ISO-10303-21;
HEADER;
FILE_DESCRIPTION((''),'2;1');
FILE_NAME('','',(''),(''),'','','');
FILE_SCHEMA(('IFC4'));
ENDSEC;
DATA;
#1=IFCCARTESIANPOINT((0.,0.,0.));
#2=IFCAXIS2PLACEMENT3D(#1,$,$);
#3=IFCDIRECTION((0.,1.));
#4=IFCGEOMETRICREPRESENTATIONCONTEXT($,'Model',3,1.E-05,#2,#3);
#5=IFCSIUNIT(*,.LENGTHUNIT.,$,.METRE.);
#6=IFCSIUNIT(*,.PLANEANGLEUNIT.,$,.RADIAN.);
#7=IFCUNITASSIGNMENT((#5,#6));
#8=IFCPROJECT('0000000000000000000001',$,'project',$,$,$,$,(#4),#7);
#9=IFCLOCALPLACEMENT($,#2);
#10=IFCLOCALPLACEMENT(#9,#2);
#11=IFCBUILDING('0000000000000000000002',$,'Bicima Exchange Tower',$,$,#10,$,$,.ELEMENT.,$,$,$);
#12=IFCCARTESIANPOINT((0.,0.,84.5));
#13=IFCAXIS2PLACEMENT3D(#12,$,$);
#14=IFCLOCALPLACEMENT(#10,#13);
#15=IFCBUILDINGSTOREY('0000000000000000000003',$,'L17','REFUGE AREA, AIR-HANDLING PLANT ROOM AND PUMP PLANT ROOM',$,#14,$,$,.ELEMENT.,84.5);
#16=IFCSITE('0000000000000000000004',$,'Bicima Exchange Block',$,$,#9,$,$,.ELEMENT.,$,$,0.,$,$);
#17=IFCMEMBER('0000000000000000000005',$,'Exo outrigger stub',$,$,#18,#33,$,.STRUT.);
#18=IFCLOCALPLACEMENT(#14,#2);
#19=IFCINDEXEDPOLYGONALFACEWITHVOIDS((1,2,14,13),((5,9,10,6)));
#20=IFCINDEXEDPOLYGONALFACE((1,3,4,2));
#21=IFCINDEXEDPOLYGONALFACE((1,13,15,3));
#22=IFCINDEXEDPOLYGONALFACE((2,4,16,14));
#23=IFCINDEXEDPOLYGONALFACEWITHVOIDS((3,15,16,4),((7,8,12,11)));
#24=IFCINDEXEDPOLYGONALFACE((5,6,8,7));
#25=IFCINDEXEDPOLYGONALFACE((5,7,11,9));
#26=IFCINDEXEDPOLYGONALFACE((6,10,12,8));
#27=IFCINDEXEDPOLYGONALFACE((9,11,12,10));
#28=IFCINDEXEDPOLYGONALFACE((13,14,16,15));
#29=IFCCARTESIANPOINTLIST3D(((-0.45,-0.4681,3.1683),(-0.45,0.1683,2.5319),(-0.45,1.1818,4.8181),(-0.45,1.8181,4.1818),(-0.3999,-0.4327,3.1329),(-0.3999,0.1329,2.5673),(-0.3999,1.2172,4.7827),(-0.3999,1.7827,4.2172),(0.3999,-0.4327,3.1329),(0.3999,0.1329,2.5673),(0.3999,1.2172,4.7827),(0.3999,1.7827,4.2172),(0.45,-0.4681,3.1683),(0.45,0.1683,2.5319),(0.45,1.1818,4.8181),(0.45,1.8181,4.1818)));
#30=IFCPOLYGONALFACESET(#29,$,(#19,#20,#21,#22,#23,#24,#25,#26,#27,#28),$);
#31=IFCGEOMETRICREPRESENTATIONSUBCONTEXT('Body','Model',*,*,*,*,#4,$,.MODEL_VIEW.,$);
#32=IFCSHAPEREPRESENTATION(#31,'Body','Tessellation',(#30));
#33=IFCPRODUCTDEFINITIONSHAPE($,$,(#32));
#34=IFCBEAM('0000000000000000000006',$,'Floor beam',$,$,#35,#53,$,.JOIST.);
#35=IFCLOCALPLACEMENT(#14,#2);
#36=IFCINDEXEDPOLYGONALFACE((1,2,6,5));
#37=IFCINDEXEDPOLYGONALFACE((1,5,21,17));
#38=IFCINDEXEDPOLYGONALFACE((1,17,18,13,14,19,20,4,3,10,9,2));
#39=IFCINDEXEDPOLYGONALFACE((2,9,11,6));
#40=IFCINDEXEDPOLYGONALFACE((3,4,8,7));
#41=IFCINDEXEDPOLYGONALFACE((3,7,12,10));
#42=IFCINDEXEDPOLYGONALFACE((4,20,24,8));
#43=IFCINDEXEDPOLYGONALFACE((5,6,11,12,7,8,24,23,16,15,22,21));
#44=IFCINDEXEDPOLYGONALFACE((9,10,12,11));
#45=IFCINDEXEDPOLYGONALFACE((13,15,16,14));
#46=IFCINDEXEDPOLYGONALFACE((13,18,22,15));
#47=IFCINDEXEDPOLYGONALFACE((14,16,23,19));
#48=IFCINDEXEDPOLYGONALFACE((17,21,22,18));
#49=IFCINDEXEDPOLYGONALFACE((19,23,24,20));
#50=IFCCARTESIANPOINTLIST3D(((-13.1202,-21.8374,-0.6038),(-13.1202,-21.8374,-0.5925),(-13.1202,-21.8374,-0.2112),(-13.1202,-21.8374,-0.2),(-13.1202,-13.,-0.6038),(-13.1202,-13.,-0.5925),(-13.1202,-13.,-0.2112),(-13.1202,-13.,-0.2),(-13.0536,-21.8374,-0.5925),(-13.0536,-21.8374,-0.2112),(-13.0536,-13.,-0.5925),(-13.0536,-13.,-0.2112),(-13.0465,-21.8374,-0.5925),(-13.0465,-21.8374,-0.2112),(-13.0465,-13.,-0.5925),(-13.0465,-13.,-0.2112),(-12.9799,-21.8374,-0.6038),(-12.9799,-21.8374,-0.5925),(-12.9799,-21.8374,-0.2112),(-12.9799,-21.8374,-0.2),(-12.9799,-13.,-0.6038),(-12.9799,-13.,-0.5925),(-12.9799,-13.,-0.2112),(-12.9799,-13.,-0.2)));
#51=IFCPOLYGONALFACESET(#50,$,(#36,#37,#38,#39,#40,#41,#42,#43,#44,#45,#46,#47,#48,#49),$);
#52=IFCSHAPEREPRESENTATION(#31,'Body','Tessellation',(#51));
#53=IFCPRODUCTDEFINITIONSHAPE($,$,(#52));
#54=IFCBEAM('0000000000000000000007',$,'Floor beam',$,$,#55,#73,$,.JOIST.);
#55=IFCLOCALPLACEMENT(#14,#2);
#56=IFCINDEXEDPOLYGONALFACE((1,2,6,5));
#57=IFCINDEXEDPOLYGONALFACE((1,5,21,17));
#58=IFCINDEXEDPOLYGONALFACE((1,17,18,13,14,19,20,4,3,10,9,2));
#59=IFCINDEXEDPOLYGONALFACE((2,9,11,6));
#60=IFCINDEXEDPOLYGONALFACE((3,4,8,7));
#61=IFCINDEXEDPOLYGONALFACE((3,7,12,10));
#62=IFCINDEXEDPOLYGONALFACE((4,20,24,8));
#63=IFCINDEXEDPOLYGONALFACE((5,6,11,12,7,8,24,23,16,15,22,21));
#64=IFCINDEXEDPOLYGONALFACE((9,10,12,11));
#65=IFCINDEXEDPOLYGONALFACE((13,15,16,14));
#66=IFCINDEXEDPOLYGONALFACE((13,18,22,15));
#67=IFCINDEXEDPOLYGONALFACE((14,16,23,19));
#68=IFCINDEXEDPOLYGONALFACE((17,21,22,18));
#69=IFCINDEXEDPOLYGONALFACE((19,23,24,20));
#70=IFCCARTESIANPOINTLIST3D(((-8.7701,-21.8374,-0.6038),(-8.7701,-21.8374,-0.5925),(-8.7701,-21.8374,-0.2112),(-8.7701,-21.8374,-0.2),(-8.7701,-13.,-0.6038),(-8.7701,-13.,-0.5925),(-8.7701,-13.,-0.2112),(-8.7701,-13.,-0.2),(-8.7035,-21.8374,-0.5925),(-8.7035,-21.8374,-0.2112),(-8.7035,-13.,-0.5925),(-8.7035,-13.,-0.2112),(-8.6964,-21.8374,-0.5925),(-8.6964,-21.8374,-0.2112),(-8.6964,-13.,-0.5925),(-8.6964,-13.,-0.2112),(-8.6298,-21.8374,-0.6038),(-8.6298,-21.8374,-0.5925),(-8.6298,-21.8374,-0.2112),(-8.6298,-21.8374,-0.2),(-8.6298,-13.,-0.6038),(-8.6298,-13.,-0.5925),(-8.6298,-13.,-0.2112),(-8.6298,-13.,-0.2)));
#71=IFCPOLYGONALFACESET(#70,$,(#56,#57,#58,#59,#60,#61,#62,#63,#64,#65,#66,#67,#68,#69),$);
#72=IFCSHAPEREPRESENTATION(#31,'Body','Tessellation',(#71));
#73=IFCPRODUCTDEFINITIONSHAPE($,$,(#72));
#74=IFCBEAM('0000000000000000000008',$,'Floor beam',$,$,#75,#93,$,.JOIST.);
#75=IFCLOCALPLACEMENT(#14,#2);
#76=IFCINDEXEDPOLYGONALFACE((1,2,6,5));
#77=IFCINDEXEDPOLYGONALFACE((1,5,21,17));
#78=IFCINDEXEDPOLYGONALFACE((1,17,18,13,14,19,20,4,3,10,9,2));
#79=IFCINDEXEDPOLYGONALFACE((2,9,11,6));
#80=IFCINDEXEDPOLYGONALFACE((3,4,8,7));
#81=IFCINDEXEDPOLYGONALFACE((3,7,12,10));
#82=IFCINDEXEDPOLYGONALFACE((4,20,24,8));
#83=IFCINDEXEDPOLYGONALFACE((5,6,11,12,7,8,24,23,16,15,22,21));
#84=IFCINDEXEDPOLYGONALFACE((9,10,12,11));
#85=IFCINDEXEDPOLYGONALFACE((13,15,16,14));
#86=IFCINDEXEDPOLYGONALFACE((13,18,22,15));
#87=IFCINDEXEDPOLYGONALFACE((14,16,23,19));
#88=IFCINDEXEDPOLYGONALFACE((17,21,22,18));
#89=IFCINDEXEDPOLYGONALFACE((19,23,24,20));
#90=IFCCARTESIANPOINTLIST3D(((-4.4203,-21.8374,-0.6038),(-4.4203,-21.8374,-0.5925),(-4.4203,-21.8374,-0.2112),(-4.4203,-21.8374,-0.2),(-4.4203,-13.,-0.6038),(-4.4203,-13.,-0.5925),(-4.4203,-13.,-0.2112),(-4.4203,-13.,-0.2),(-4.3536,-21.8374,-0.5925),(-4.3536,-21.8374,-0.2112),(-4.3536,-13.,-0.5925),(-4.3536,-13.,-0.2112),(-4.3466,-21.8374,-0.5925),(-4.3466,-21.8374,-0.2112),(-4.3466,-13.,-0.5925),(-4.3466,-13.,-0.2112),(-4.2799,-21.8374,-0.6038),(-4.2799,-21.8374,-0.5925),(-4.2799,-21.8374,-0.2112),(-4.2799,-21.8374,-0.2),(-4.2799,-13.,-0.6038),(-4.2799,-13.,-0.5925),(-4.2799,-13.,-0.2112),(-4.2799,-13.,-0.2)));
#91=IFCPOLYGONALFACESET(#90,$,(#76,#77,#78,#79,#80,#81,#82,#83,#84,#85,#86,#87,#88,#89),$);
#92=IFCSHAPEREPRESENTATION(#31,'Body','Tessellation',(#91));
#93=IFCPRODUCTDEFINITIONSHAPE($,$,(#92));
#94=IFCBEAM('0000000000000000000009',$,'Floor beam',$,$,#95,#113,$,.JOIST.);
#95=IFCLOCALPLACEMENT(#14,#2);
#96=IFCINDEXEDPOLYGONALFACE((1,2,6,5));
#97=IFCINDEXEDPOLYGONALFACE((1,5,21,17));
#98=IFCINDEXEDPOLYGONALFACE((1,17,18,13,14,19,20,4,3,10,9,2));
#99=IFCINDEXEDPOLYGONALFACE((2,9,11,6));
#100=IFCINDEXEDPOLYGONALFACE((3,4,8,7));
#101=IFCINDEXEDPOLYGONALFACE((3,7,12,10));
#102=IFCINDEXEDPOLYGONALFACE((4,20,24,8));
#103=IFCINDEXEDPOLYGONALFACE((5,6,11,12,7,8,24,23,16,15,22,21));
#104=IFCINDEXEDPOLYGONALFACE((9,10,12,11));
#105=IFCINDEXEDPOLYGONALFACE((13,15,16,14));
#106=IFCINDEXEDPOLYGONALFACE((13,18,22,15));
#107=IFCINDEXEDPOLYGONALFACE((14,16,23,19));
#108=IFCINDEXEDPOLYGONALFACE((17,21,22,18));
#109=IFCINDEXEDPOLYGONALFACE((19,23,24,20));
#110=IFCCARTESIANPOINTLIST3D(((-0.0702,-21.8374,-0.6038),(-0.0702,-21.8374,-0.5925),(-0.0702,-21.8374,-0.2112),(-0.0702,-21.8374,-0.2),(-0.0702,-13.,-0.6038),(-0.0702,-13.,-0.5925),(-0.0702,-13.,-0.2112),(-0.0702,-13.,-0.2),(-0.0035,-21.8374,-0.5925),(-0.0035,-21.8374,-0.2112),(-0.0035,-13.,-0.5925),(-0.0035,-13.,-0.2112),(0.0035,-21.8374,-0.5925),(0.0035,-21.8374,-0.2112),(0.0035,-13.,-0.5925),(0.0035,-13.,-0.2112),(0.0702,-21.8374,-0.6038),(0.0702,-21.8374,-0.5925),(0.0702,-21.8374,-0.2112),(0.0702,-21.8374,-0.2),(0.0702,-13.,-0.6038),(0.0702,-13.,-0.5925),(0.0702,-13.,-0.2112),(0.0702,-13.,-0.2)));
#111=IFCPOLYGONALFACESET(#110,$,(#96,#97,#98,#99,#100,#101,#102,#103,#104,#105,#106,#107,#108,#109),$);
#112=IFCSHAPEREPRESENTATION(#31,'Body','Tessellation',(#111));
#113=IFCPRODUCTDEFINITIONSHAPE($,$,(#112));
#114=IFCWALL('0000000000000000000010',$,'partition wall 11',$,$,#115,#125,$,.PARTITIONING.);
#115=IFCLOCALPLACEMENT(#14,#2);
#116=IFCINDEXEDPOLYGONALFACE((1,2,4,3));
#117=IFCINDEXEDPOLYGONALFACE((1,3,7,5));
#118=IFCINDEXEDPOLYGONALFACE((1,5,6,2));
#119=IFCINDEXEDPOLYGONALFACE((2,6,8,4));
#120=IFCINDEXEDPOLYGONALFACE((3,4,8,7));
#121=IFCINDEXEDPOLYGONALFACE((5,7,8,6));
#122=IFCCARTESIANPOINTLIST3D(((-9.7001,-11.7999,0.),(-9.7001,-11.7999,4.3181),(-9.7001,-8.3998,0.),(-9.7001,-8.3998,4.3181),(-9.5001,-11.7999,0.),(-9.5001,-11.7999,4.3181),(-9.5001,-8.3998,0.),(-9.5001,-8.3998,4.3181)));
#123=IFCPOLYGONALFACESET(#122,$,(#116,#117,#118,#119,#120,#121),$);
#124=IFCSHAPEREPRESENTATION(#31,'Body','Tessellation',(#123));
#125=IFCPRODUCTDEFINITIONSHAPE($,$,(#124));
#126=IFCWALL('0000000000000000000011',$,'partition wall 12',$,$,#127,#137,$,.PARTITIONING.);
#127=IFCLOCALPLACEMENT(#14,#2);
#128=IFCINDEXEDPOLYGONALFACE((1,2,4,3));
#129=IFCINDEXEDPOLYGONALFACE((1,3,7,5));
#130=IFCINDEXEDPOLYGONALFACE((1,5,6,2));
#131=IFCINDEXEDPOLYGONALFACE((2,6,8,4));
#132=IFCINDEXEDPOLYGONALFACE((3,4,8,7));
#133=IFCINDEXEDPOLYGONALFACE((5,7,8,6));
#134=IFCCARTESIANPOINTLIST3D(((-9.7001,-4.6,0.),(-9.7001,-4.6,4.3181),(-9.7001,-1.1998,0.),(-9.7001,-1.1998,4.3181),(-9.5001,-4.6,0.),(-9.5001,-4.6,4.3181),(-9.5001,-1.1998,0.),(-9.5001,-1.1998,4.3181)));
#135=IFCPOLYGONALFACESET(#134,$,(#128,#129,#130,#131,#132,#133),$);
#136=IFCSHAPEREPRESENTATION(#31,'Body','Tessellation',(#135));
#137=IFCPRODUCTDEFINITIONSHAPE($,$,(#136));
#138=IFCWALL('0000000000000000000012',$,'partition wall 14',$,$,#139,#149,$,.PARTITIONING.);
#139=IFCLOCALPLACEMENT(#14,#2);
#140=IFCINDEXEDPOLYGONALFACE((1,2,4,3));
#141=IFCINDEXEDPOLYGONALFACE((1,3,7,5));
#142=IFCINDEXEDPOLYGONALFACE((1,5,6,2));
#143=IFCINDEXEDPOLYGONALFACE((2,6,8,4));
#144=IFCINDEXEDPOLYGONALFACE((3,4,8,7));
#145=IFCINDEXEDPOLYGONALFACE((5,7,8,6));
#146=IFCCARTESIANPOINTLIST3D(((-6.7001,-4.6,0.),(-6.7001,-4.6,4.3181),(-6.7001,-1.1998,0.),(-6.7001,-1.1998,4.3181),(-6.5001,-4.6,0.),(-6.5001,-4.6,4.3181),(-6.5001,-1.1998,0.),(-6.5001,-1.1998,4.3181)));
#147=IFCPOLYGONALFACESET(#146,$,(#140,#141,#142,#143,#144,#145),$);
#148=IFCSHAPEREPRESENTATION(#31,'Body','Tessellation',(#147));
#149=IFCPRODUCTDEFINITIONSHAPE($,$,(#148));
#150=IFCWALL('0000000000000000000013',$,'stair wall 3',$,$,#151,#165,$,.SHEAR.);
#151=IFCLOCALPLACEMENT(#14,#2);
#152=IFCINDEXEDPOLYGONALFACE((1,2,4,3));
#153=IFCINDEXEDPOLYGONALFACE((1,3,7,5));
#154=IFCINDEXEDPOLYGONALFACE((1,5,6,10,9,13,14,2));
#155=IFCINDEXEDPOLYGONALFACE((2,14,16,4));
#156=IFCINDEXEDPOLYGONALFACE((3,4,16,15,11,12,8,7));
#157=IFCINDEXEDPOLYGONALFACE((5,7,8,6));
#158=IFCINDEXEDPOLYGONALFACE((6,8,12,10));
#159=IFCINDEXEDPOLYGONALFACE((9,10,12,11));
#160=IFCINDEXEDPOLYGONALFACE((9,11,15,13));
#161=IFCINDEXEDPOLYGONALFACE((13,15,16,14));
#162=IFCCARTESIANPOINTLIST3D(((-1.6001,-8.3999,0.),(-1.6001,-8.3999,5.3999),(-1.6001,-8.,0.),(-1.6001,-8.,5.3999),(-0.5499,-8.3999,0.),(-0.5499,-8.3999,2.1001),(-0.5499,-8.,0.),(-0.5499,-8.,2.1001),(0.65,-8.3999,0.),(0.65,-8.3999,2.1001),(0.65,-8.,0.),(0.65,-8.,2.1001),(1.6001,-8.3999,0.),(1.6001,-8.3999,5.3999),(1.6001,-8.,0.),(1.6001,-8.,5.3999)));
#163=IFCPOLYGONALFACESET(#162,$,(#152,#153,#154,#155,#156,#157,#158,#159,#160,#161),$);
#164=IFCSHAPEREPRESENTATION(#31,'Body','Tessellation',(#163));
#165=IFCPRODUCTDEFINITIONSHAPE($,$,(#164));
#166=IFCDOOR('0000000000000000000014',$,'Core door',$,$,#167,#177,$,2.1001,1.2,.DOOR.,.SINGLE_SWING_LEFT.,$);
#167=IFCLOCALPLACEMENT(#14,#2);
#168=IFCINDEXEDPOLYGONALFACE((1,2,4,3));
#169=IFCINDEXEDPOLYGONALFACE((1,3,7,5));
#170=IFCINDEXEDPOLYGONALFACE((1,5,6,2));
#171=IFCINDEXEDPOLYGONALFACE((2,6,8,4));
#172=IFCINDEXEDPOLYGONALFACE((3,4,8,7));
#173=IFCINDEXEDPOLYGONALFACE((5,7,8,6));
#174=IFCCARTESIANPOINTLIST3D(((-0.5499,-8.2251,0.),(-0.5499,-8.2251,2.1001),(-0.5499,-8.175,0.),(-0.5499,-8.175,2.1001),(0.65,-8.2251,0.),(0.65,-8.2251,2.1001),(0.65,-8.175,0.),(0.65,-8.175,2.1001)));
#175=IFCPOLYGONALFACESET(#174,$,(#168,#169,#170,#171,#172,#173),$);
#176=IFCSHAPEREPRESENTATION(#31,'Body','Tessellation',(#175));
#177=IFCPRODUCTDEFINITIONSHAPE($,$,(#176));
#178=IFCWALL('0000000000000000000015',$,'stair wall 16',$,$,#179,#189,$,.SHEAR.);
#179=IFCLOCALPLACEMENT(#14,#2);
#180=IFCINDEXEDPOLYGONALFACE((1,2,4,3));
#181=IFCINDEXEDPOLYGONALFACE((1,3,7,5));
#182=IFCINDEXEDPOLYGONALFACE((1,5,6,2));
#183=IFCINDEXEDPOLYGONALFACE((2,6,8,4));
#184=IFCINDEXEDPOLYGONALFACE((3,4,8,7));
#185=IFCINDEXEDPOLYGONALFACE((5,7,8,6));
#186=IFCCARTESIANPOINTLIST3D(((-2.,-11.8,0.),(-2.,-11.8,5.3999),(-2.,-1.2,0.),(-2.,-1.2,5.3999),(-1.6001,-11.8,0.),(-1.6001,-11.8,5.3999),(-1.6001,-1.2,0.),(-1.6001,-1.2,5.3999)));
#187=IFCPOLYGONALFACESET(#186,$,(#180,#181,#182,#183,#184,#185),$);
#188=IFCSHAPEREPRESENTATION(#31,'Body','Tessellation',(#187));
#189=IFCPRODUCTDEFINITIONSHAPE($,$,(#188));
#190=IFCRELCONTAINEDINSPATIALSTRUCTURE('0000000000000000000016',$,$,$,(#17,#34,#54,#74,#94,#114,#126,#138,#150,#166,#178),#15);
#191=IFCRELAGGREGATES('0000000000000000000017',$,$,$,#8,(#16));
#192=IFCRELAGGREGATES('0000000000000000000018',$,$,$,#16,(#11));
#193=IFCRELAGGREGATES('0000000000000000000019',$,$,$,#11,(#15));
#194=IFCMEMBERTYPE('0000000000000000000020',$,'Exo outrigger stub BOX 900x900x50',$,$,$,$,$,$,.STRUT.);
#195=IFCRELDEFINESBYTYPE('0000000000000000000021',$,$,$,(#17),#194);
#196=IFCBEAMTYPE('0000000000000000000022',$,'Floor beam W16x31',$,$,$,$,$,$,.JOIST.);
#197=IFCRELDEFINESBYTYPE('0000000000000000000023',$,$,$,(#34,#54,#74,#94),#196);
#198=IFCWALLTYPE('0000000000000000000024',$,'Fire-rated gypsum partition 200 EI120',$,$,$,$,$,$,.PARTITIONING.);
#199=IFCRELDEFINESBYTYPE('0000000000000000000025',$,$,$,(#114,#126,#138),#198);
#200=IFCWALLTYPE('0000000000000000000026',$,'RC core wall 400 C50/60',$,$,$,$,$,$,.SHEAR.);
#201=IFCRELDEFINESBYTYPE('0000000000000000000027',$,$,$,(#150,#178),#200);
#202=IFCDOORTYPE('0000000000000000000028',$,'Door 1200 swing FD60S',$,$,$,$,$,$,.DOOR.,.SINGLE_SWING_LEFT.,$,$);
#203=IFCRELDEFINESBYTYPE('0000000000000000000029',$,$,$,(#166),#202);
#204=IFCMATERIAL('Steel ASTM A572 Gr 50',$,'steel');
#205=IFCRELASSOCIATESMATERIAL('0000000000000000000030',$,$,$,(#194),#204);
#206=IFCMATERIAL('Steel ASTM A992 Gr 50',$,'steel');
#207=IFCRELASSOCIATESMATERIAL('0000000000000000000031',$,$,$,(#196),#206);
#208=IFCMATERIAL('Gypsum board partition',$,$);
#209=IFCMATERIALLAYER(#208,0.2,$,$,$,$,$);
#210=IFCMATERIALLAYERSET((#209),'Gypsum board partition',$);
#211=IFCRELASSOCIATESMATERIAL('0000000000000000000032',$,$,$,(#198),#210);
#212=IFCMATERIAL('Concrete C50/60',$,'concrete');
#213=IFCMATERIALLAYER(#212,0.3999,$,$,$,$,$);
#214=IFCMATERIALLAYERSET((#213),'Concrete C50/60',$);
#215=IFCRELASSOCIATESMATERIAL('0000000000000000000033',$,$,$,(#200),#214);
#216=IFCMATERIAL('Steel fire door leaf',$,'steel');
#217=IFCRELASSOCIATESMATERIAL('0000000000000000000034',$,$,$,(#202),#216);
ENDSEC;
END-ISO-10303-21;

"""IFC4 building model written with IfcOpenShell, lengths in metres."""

from ifc_helpers import new_model, si_unit, direction, frame, frame_2d, origin, origin_2d, place, context, subcontext, project, spatial, rectangle, hollow_rectangle, i_section, extrude, material, layer, layer_set, material_profile, profile_set, type_object, element, fill, save


model = new_model("IFC4")

# Units and contexts
model_context = context("Model", 3, precision=1e-05, world=origin(), true_north=direction((0.0, 1.0)))
body_context = subcontext(model_context, "Body", "Model", "MODEL_VIEW")
ifc_project = project(units=[si_unit("LENGTHUNIT", "METRE"), si_unit("PLANEANGLEUNIT", "RADIAN")], contexts=[model_context])

# Site, building, storey
site_placement = place(None, origin())
site = spatial("IfcSite", under=ifc_project, at=site_placement, Name="Bicima Exchange Block", CompositionType="ELEMENT", RefElevation=0.0)
building_placement = place(site_placement, origin())
building = spatial("IfcBuilding", under=site, at=building_placement, Name="Bicima Exchange Tower", CompositionType="ELEMENT")
storey_placement = place(building_placement, frame((0.0, 0.0, 84.5)))
storey = spatial("IfcBuildingStorey", under=building, at=storey_placement, Name="L17", Description="REFUGE AREA, AIR-HANDLING PLANT ROOM AND PUMP PLANT ROOM", CompositionType="ELEMENT", Elevation=84.5)

# Member
ifc_material_1 = material(Name="Steel ASTM A572 Gr 50", Category="steel")
ifc_material_profile_1 = material_profile(ifc_material_1, hollow_rectangle(XDim=0.8999, YDim=0.8999, WallThickness=0.05, at=origin_2d()))
ifc_profile_set_1 = profile_set([ifc_material_profile_1], Name="Steel ASTM A572 Gr 50")
member_type = type_object("IfcMemberType", Name="Exo outrigger stub BOX 900x900x50", PredefinedType="STRUT", material=ifc_profile_set_1)
member_placement = place(storey_placement, frame((0.0, -0.1499, 2.8501), z_axis=(0.0, 0.707107, 0.707107), x_axis=(-1.0, 0.0, 0.0)))
element("IfcMember", 1, at=member_placement, inside=storey, type_object=member_type, Name="Exo outrigger stub", PredefinedType="STRUT", context=body_context, shape_type="SweptSolid", body=[
    extrude(hollow_rectangle(XDim=0.8999, YDim=0.8999, WallThickness=0.05, at=origin_2d()), origin(), (0.0, 0.0, 1.0), 2.3333),
])

# Beams
ifc_material_2 = material(Name="Steel ASTM A992 Gr 50", Category="steel")
ifc_material_profile_2 = material_profile(ifc_material_2, i_section(OverallWidth=0.1404, OverallDepth=0.4038, WebThickness=0.0071, FlangeThickness=0.0112, at=origin_2d()))
ifc_profile_set_2 = profile_set([ifc_material_profile_2], Name="Steel ASTM A992 Gr 50")
beam_type = type_object("IfcBeamType", Name="Floor beam W16x31", PredefinedType="JOIST", material=ifc_profile_set_2)
for number, where, z_axis, x_axis, name in (
    (2, (-13.05, -13.0, -0.4019), (0.0, -1.0, 0.0), (1.0, 0.0, 0.0), "Floor beam"),
    (3, (-8.7, -13.0, -0.4019), (0.0, -1.0, 0.0), (1.0, 0.0, 0.0), "Floor beam"),
    (4, (-4.3501, -13.0, -0.4019), (0.0, -1.0, 0.0), (1.0, 0.0, 0.0), "Floor beam"),
    (5, (0.0, -13.0, -0.4019), (0.0, -1.0, 0.0), (1.0, 0.0, 0.0), "Floor beam"),
):
    element("IfcBeam", number, at=place(storey_placement, frame(where, z_axis=z_axis, x_axis=x_axis)), inside=storey, type_object=beam_type, Name=name, PredefinedType="JOIST", context=body_context, shape_type="SweptSolid", body=[
        extrude(i_section(OverallWidth=0.1404, OverallDepth=0.4038, WebThickness=0.0071, FlangeThickness=0.0112, at=origin_2d()), origin(), (0.0, 0.0, 1.0), 8.8374),
    ])

# Walls
ifc_material_3 = material(Name="Gypsum board partition")
ifc_layer_1 = layer(ifc_material_3, 0.2)
ifc_layer_set_1 = layer_set([ifc_layer_1], Name="Gypsum board partition")
wall_type_1 = type_object("IfcWallType", Name="Fire-rated gypsum partition 200 EI120", PredefinedType="PARTITIONING", material=ifc_layer_set_1)
for number, where, z_axis, x_axis, name in (
    (6, (-9.6001, -11.8, 0.0), (0.0, 0.0, 1.0), (0.0, 1.0, 0.0), "partition wall 11"),
    (7, (-9.6001, -4.6001, 0.0), (0.0, 0.0, 1.0), (0.0, 1.0, 0.0), "partition wall 12"),
    (8, (-6.6001, -4.6001, 0.0), (0.0, 0.0, 1.0), (0.0, 1.0, 0.0), "partition wall 14"),
):
    element("IfcWall", number, at=place(storey_placement, frame(where, z_axis=z_axis, x_axis=x_axis)), inside=storey, type_object=wall_type_1, Name=name, PredefinedType="PARTITIONING", context=body_context, shape_type="SweptSolid", body=[
        extrude(rectangle(XDim=3.4001, YDim=0.2, at=frame_2d((1.7002, 0.0))), origin(), (0.0, 0.0, 1.0), 4.3181),
    ])

# Wall, opening, door
ifc_material_4 = material(Name="Concrete C50/60", Category="concrete")
ifc_layer_2 = layer(ifc_material_4, 0.3999)
ifc_layer_set_2 = layer_set([ifc_layer_2], Name="Concrete C50/60")
wall_type_2 = type_object("IfcWallType", Name="RC core wall 400 C50/60", PredefinedType="SHEAR", material=ifc_layer_set_2)
wall_1_placement = place(storey_placement, frame((-1.6001, -8.2, 0.0), z_axis=(0.0, 0.0, 1.0), x_axis=(1.0, 0.0, 0.0)))
wall_1 = element("IfcWall", 9, at=wall_1_placement, inside=storey, type_object=wall_type_2, Name="stair wall 3", PredefinedType="SHEAR", context=body_context, shape_type="SweptSolid", body=[
    extrude(rectangle(XDim=3.2002, YDim=0.3999, at=frame_2d((1.6001, 0.0))), origin(), (0.0, 0.0, 1.0), 5.3999),
])
opening_1_placement = place(wall_1_placement, frame((1.05, 0.0, 0.0)))
opening_1 = element("IfcOpeningElement", 10, at=opening_1_placement, cuts=wall_1, PredefinedType="OPENING", context=body_context, shape_type="SweptSolid", body=[
    extrude(rectangle(XDim=1.2, YDim=2.1001, at=frame_2d((0.6001, 1.05))), frame((0.0, 0.2119, 0.0), z_axis=(0.0, -1.0, 0.0), x_axis=(1.0, 0.0, 0.0)), (0.0, 0.0, 1.0), 0.4238),
])
ifc_material_5 = material(Name="Steel fire door leaf", Category="steel")
door_type_1 = type_object("IfcDoorType", Name="Door 1200 swing FD60S", OperationType="SINGLE_SWING_LEFT", PredefinedType="DOOR", material=ifc_material_5)
door_1_placement = place(opening_1_placement, origin())
door_1 = element("IfcDoor", 11, at=door_1_placement, inside=storey, type_object=door_type_1, Name="Core door", OperationType="SINGLE_SWING_LEFT", OverallHeight=2.1001, OverallWidth=1.2, PredefinedType="DOOR", context=body_context, shape_type="SweptSolid", body=[
    extrude(rectangle(XDim=1.2, YDim=2.1001, at=frame_2d((0.6001, 1.05))), frame((0.0, 0.0249, 0.0), z_axis=(0.0, -1.0, 0.0), x_axis=(1.0, 0.0, 0.0)), (0.0, 0.0, 1.0), 0.05),
])
fill(opening_1, door_1)

# Wall
wall_2_placement = place(storey_placement, frame((-1.8, -11.8, 0.0), z_axis=(0.0, 0.0, 1.0), x_axis=(0.0, 1.0, 0.0)))
element("IfcWall", 12, at=wall_2_placement, inside=storey, type_object=wall_type_2, Name="stair wall 16", PredefinedType="SHEAR", context=body_context, shape_type="SweptSolid", body=[
    extrude(rectangle(XDim=10.6001, YDim=0.3999, at=frame_2d((5.3, 0.0))), origin(), (0.0, 0.0, 1.0), 5.3999),
])

save(model, "model.ifc")
